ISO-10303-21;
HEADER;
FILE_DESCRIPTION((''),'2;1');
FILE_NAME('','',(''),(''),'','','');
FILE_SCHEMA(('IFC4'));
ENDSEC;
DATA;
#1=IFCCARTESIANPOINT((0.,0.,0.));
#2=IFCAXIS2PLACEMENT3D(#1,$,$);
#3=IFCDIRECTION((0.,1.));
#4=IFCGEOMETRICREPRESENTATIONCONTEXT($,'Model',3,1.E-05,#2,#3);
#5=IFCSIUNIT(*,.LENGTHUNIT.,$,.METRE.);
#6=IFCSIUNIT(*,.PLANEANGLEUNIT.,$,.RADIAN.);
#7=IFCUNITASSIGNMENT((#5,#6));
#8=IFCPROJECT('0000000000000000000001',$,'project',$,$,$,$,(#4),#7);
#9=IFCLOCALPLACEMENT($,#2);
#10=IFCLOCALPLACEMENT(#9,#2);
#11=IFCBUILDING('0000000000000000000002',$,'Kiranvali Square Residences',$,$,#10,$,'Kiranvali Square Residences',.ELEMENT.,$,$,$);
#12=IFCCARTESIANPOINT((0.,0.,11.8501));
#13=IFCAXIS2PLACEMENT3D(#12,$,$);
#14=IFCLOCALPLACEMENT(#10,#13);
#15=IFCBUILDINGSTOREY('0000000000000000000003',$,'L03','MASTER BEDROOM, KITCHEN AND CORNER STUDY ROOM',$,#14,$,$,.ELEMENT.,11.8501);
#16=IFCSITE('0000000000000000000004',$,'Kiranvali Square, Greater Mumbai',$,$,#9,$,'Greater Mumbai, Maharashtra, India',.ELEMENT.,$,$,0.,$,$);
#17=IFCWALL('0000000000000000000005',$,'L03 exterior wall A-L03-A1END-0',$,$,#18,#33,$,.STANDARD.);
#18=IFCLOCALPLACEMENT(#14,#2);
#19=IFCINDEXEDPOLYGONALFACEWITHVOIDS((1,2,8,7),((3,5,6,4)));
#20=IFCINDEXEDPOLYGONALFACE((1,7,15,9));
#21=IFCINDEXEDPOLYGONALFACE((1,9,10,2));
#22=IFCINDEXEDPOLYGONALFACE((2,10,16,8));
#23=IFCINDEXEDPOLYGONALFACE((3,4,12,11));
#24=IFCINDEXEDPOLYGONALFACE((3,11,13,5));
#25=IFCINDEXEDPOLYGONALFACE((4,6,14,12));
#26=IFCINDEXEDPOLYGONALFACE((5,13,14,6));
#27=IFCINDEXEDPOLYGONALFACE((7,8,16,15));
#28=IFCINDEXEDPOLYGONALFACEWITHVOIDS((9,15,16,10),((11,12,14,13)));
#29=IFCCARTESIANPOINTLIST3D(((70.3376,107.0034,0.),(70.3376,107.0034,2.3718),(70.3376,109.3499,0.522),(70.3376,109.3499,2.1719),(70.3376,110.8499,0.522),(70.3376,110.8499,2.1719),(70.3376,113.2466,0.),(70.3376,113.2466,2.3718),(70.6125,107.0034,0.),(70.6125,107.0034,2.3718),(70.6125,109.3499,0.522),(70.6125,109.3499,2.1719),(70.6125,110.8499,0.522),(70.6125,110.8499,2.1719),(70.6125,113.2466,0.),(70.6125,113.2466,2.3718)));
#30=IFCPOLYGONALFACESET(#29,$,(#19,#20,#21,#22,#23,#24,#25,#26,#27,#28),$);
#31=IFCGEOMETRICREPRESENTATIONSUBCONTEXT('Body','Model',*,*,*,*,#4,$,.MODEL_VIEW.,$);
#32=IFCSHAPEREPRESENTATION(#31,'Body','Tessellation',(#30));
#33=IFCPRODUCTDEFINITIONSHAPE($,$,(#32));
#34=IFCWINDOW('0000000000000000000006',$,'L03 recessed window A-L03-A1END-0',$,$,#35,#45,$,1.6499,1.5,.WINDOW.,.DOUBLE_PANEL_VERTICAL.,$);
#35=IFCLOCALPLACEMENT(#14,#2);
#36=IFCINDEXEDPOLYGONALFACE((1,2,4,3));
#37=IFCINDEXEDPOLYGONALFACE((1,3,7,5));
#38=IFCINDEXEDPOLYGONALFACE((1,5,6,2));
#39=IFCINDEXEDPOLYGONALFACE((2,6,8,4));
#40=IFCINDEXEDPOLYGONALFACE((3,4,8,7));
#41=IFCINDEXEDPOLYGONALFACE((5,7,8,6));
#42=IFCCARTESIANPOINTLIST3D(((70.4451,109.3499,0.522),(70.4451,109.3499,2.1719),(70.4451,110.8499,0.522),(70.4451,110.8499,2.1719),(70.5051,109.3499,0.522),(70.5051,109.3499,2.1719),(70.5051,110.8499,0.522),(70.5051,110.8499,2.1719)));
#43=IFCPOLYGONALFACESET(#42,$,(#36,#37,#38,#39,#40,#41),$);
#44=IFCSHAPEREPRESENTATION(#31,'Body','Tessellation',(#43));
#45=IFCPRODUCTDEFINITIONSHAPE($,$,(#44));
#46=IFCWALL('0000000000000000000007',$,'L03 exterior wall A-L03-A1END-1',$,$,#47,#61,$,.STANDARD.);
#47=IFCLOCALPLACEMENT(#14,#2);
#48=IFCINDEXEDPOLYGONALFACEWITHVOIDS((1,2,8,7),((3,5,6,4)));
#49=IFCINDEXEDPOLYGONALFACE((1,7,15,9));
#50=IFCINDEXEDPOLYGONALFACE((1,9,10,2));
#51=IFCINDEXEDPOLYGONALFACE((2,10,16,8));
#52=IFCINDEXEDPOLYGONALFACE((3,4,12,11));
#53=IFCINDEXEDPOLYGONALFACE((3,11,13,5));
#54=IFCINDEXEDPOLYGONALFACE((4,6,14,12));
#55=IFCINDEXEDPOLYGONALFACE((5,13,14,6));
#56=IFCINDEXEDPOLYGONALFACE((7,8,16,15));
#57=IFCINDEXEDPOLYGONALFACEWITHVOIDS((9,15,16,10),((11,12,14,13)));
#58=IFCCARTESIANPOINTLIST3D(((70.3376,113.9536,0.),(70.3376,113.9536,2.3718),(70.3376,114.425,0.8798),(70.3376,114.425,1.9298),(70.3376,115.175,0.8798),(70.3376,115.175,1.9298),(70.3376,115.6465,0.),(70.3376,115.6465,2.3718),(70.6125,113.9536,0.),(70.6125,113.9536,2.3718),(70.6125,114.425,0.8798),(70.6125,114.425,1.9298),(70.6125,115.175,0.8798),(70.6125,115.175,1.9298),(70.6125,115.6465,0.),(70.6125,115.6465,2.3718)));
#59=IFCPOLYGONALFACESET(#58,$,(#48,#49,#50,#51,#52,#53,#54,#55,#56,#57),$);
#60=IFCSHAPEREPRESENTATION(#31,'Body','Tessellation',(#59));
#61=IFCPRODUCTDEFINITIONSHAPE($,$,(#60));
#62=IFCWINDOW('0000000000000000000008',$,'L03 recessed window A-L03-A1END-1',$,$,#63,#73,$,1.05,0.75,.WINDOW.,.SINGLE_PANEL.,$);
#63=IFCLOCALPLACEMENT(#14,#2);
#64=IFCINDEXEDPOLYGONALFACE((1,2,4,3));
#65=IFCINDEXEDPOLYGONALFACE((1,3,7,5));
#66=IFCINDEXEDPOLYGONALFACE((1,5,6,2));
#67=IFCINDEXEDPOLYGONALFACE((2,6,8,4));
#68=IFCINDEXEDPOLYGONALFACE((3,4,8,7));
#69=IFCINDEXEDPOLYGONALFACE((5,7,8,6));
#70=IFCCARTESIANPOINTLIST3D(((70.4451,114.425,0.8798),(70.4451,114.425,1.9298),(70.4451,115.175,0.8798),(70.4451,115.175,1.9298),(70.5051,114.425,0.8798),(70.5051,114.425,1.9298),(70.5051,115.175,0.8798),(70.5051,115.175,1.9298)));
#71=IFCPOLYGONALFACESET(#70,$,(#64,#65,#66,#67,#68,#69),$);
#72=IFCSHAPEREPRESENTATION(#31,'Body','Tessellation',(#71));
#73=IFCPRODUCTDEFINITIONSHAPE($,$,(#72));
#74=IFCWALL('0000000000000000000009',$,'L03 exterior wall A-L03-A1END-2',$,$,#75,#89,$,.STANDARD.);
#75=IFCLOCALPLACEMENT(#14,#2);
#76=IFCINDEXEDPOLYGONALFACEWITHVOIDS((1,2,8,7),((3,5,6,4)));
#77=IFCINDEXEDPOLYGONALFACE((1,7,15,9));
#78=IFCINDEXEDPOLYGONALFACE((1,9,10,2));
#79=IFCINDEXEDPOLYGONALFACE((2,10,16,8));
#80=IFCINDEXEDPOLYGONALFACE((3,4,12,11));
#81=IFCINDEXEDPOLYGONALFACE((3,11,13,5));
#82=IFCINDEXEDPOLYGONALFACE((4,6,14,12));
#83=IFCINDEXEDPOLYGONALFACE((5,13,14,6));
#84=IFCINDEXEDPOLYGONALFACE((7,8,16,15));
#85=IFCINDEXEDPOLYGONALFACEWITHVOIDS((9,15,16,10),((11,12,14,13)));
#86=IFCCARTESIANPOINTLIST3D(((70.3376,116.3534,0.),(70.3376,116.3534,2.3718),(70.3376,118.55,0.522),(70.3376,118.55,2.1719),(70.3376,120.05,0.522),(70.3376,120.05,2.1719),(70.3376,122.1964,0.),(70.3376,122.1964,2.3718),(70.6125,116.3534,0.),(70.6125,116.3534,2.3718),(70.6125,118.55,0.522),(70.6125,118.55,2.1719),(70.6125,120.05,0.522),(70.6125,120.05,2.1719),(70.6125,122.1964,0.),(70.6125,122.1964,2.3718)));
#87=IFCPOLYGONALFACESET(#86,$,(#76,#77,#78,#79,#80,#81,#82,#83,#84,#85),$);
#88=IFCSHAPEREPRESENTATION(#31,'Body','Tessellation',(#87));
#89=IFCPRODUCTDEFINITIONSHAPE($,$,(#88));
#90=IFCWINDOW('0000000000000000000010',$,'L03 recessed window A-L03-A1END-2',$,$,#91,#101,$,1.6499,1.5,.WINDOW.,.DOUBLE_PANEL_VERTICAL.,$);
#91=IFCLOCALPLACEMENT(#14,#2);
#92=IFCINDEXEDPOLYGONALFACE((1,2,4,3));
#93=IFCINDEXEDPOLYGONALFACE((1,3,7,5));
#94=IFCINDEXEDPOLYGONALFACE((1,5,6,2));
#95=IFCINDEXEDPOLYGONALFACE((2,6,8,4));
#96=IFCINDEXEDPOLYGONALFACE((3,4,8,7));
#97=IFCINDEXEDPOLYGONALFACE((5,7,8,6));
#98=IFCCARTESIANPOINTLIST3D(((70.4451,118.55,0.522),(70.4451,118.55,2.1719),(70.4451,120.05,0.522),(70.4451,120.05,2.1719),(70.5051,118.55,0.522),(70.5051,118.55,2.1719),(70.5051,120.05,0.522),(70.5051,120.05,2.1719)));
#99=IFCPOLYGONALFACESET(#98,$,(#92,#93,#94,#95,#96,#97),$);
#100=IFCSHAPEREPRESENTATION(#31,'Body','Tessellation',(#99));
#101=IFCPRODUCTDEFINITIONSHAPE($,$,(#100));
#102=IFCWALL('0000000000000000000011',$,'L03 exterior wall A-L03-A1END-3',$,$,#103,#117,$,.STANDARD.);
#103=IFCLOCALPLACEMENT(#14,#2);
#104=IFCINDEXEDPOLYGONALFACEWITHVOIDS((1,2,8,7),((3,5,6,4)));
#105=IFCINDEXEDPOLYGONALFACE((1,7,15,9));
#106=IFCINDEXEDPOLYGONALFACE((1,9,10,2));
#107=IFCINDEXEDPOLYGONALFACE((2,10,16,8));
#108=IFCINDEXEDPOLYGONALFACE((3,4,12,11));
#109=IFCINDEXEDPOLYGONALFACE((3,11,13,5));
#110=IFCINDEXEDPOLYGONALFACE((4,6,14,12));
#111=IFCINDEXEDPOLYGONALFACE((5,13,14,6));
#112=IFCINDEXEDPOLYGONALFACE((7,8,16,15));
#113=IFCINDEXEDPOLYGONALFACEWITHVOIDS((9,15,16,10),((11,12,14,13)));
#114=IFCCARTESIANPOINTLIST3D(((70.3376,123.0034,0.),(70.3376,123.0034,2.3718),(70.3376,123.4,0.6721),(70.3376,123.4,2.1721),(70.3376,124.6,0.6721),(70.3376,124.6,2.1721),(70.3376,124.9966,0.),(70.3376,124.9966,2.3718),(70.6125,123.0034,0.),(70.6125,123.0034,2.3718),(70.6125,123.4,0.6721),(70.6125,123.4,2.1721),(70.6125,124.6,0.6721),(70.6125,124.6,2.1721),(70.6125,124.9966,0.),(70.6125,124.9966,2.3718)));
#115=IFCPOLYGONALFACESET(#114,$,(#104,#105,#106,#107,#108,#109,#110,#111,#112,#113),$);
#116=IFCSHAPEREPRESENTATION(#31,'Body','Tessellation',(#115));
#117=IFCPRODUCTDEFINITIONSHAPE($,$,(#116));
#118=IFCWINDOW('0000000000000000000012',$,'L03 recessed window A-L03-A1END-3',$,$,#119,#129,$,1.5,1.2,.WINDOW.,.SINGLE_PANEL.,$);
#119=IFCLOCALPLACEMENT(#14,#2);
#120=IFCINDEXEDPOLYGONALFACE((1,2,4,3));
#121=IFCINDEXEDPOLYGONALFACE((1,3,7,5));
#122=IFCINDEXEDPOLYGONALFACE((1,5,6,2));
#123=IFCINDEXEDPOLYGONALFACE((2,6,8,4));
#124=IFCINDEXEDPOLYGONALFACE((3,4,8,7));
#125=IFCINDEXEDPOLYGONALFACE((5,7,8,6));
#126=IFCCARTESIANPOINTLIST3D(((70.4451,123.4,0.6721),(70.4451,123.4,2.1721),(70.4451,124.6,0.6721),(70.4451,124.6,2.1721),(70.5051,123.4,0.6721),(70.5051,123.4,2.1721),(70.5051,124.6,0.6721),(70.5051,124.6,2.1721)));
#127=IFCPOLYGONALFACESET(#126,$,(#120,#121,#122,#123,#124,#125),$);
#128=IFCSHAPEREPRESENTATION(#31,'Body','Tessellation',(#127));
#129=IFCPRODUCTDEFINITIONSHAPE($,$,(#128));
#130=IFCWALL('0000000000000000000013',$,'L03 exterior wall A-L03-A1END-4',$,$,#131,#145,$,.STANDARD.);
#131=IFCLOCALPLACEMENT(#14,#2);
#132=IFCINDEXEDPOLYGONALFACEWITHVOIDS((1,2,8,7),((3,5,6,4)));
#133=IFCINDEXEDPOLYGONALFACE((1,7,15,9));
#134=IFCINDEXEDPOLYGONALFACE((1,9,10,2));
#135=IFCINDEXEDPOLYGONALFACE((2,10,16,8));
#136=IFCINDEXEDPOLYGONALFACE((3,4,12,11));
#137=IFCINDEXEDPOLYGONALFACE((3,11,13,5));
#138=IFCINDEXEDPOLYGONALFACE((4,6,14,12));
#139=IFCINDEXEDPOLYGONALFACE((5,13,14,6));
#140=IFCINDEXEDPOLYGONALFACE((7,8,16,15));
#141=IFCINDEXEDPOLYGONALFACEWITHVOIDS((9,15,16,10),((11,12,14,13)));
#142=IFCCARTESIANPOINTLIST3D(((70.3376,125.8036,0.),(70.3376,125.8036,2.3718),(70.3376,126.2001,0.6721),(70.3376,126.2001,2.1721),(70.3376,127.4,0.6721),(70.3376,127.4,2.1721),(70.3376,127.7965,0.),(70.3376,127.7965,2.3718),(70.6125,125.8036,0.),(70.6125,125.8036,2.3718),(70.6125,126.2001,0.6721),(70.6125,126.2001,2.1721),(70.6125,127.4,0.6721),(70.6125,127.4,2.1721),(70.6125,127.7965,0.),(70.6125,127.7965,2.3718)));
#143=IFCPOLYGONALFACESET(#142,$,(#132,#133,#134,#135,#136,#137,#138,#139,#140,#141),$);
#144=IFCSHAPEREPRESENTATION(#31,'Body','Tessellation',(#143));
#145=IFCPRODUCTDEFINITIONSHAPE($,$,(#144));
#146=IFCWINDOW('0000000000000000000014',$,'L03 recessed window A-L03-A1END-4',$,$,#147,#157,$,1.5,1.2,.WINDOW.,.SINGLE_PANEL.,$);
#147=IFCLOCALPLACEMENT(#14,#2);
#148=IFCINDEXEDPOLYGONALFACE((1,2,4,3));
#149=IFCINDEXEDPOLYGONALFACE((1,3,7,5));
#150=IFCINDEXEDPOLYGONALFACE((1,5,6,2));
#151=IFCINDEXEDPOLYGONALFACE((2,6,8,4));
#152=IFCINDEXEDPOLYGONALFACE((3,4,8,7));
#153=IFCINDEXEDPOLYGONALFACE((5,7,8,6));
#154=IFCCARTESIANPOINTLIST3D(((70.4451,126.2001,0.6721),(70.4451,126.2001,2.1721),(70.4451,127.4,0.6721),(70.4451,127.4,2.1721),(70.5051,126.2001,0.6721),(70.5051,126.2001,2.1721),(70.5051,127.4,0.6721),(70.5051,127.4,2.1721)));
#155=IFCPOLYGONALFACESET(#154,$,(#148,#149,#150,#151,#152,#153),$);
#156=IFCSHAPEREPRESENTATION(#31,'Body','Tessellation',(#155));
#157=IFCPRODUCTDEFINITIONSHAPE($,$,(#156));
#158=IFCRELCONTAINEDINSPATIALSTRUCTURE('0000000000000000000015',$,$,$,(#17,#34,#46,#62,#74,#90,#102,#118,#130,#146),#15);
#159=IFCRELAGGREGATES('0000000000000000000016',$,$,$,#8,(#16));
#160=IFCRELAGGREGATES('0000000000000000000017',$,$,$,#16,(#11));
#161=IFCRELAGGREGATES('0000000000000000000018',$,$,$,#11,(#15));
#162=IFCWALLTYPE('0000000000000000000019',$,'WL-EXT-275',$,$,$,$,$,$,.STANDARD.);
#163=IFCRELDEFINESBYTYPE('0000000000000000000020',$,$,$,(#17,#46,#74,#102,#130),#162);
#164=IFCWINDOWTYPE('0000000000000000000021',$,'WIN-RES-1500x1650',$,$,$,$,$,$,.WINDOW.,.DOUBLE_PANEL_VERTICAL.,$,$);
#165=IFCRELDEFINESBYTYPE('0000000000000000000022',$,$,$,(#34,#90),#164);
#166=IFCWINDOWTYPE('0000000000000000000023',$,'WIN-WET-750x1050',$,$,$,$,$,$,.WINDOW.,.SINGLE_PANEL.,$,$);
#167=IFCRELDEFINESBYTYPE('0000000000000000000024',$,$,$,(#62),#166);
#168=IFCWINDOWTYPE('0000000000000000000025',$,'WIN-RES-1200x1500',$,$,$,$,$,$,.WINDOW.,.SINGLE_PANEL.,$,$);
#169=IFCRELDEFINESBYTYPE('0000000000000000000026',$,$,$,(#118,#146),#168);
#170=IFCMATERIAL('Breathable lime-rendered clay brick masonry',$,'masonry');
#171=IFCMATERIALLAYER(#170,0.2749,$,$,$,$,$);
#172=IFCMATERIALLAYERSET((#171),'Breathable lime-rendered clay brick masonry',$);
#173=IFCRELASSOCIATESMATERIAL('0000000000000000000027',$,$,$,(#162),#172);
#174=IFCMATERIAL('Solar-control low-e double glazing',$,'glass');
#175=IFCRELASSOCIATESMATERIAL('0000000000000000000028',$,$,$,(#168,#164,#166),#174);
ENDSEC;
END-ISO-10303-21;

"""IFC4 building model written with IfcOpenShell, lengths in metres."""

from ifc_helpers import new_model, si_unit, direction, frame, frame_2d, origin, place, context, subcontext, project, spatial, rectangle, extrude, material, layer, layer_set, type_object, element, fill, save


model = new_model("IFC4")

# Units and contexts
model_context = context("Model", 3, precision=1e-05, world=origin(), true_north=direction((0.0, 1.0)))
body_context = subcontext(model_context, "Body", "Model", "MODEL_VIEW")
ifc_project = project(units=[si_unit("LENGTHUNIT", "METRE"), si_unit("PLANEANGLEUNIT", "RADIAN")], contexts=[model_context])

# Site, building, storey
site_placement = place(None, origin())
site = spatial("IfcSite", under=ifc_project, at=site_placement, Name="Kiranvali Square, Greater Mumbai", LongName="Greater Mumbai, Maharashtra, India", CompositionType="ELEMENT", RefElevation=0.0)
building_placement = place(site_placement, origin())
building = spatial("IfcBuilding", under=site, at=building_placement, Name="Kiranvali Square Residences", LongName="Kiranvali Square Residences", CompositionType="ELEMENT")
storey_placement = place(building_placement, frame((0.0, 0.0, 11.8501)))
storey = spatial("IfcBuildingStorey", under=building, at=storey_placement, Name="L03", Description="MASTER BEDROOM, KITCHEN AND CORNER STUDY ROOM", CompositionType="ELEMENT", Elevation=11.8501)

# Walls, openings, windows
ifc_material_1 = material(Name="Breathable lime-rendered clay brick masonry", Category="masonry")
ifc_layer_1 = layer(ifc_material_1, 0.2749)
ifc_layer_set_1 = layer_set([ifc_layer_1], Name="Breathable lime-rendered clay brick masonry")
wall_type_1 = type_object("IfcWallType", Name="WL-EXT-275", PredefinedType="STANDARD", material=ifc_layer_set_1)
ifc_material_2 = material(Name="Solar-control low-e double glazing", Category="glass")
window_type_1 = type_object("IfcWindowType", Name="WIN-RES-1200x1500", PartitioningType="SINGLE_PANEL", PredefinedType="WINDOW", material=ifc_material_2)
wall_1_placement = place(storey_placement, frame((70.4751, 107.0034, 0.0), z_axis=(0.0, 0.0, 1.0), x_axis=(0.0, 1.0, 0.0)))
wall_1 = element("IfcWall", 1, at=wall_1_placement, inside=storey, type_object=wall_type_1, Name="L03 exterior wall A-L03-A1END-0", PredefinedType="STANDARD", context=body_context, shape_type="SweptSolid", body=[
    extrude(rectangle(XDim=6.2432, YDim=0.2749, at=frame_2d((3.1216, 0.0))), origin(), (0.0, 0.0, 1.0), 2.3718),
])
opening_1_placement = place(wall_1_placement, frame((2.3464, 0.0, 0.522)))
opening_1 = element("IfcOpeningElement", 2, at=opening_1_placement, cuts=wall_1, PredefinedType="OPENING", context=body_context, shape_type="SweptSolid", body=[
    extrude(rectangle(XDim=1.5, YDim=1.6499, at=frame_2d((0.75, 0.825))), frame((0.0, 0.1475, 0.0), z_axis=(0.0, -1.0, 0.0), x_axis=(1.0, 0.0, 0.0)), (0.0, 0.0, 1.0), 0.2949),
])
window_type_2 = type_object("IfcWindowType", Name="WIN-RES-1500x1650", PartitioningType="DOUBLE_PANEL_VERTICAL", PredefinedType="WINDOW", material=ifc_material_2)
window_1_placement = place(opening_1_placement, origin())
window_1 = element("IfcWindow", 3, at=window_1_placement, inside=storey, type_object=window_type_2, Name="L03 recessed window A-L03-A1END-0", OverallHeight=1.6499, OverallWidth=1.5, PartitioningType="DOUBLE_PANEL_VERTICAL", PredefinedType="WINDOW", context=body_context, shape_type="SweptSolid", body=[
    extrude(rectangle(XDim=1.5, YDim=1.6499, at=frame_2d((0.75, 0.825))), frame((0.0, 0.03, 0.0), z_axis=(0.0, -1.0, 0.0), x_axis=(1.0, 0.0, 0.0)), (0.0, 0.0, 1.0), 0.0601),
])
fill(opening_1, window_1)
wall_2_placement = place(storey_placement, frame((70.4751, 113.9536, 0.0), z_axis=(0.0, 0.0, 1.0), x_axis=(0.0, 1.0, 0.0)))
wall_2 = element("IfcWall", 4, at=wall_2_placement, inside=storey, type_object=wall_type_1, Name="L03 exterior wall A-L03-A1END-1", PredefinedType="STANDARD", context=body_context, shape_type="SweptSolid", body=[
    extrude(rectangle(XDim=1.6929, YDim=0.2749, at=frame_2d((0.8464, 0.0))), origin(), (0.0, 0.0, 1.0), 2.3718),
])
opening_2_placement = place(wall_2_placement, frame((0.4714, 0.0, 0.8799)))
opening_2 = element("IfcOpeningElement", 5, at=opening_2_placement, cuts=wall_2, PredefinedType="OPENING", context=body_context, shape_type="SweptSolid", body=[
    extrude(rectangle(XDim=0.75, YDim=1.05, at=frame_2d((0.375, 0.5249))), frame((0.0, 0.1475, 0.0), z_axis=(0.0, -1.0, 0.0), x_axis=(1.0, 0.0, 0.0)), (0.0, 0.0, 1.0), 0.2949),
])
window_type_3 = type_object("IfcWindowType", Name="WIN-WET-750x1050", PartitioningType="SINGLE_PANEL", PredefinedType="WINDOW", material=ifc_material_2)
window_2_placement = place(opening_2_placement, origin())
window_2 = element("IfcWindow", 6, at=window_2_placement, inside=storey, type_object=window_type_3, Name="L03 recessed window A-L03-A1END-1", OverallHeight=1.05, OverallWidth=0.75, PartitioningType="SINGLE_PANEL", PredefinedType="WINDOW", context=body_context, shape_type="SweptSolid", body=[
    extrude(rectangle(XDim=0.75, YDim=1.05, at=frame_2d((0.375, 0.5249))), frame((0.0, 0.03, 0.0), z_axis=(0.0, -1.0, 0.0), x_axis=(1.0, 0.0, 0.0)), (0.0, 0.0, 1.0), 0.0601),
])
fill(opening_2, window_2)
wall_3_placement = place(storey_placement, frame((70.4751, 116.3535, 0.0), z_axis=(0.0, 0.0, 1.0), x_axis=(0.0, 1.0, 0.0)))
wall_3 = element("IfcWall", 7, at=wall_3_placement, inside=storey, type_object=wall_type_1, Name="L03 exterior wall A-L03-A1END-2", PredefinedType="STANDARD", context=body_context, shape_type="SweptSolid", body=[
    extrude(rectangle(XDim=5.843, YDim=0.2749, at=frame_2d((2.9214, 0.0))), origin(), (0.0, 0.0, 1.0), 2.3718),
])
opening_3_placement = place(wall_3_placement, frame((2.1965, 0.0, 0.522)))
opening_3 = element("IfcOpeningElement", 8, at=opening_3_placement, cuts=wall_3, PredefinedType="OPENING", context=body_context, shape_type="SweptSolid", body=[
    extrude(rectangle(XDim=1.5, YDim=1.6499, at=frame_2d((0.75, 0.825))), frame((0.0, 0.1475, 0.0), z_axis=(0.0, -1.0, 0.0), x_axis=(1.0, 0.0, 0.0)), (0.0, 0.0, 1.0), 0.2949),
])
window_3_placement = place(opening_3_placement, origin())
window_3 = element("IfcWindow", 9, at=window_3_placement, inside=storey, type_object=window_type_2, Name="L03 recessed window A-L03-A1END-2", OverallHeight=1.6499, OverallWidth=1.5, PartitioningType="DOUBLE_PANEL_VERTICAL", PredefinedType="WINDOW", context=body_context, shape_type="SweptSolid", body=[
    extrude(rectangle(XDim=1.5, YDim=1.6499, at=frame_2d((0.75, 0.825))), frame((0.0, 0.03, 0.0), z_axis=(0.0, -1.0, 0.0), x_axis=(1.0, 0.0, 0.0)), (0.0, 0.0, 1.0), 0.0601),
])
fill(opening_3, window_3)
wall_4_placement = place(storey_placement, frame((70.4751, 123.0034, 0.0), z_axis=(0.0, 0.0, 1.0), x_axis=(0.0, 1.0, 0.0)))
wall_4 = element("IfcWall", 10, at=wall_4_placement, inside=storey, type_object=wall_type_1, Name="L03 exterior wall A-L03-A1END-3", PredefinedType="STANDARD", context=body_context, shape_type="SweptSolid", body=[
    extrude(rectangle(XDim=1.9932, YDim=0.2749, at=frame_2d((0.9966, 0.0))), origin(), (0.0, 0.0, 1.0), 2.3718),
])
opening_4_placement = place(wall_4_placement, frame((0.3965, 0.0, 0.6721)))
opening_4 = element("IfcOpeningElement", 11, at=opening_4_placement, cuts=wall_4, PredefinedType="OPENING", context=body_context, shape_type="SweptSolid", body=[
    extrude(rectangle(XDim=1.2, YDim=1.5, at=frame_2d((0.6001, 0.75))), frame((0.0, 0.1475, 0.0), z_axis=(0.0, -1.0, 0.0), x_axis=(1.0, 0.0, 0.0)), (0.0, 0.0, 1.0), 0.2949),
])
window_4_placement = place(opening_4_placement, origin())
window_4 = element("IfcWindow", 12, at=window_4_placement, inside=storey, type_object=window_type_1, Name="L03 recessed window A-L03-A1END-3", OverallHeight=1.5, OverallWidth=1.2, PartitioningType="SINGLE_PANEL", PredefinedType="WINDOW", context=body_context, shape_type="SweptSolid", body=[
    extrude(rectangle(XDim=1.2, YDim=1.5, at=frame_2d((0.6001, 0.75))), frame((0.0, 0.03, 0.0), z_axis=(0.0, -1.0, 0.0), x_axis=(1.0, 0.0, 0.0)), (0.0, 0.0, 1.0), 0.0601),
])
fill(opening_4, window_4)
wall_5_placement = place(storey_placement, frame((70.4751, 125.8035, 0.0), z_axis=(0.0, 0.0, 1.0), x_axis=(0.0, 1.0, 0.0)))
wall_5 = element("IfcWall", 13, at=wall_5_placement, inside=storey, type_object=wall_type_1, Name="L03 exterior wall A-L03-A1END-4", PredefinedType="STANDARD", context=body_context, shape_type="SweptSolid", body=[
    extrude(rectangle(XDim=1.9929, YDim=0.2749, at=frame_2d((0.9966, 0.0))), origin(), (0.0, 0.0, 1.0), 2.3718),
])
opening_5_placement = place(wall_5_placement, frame((0.3965, 0.0, 0.6721)))
opening_5 = element("IfcOpeningElement", 14, at=opening_5_placement, cuts=wall_5, PredefinedType="OPENING", context=body_context, shape_type="SweptSolid", body=[
    extrude(rectangle(XDim=1.2, YDim=1.5, at=frame_2d((0.6001, 0.75))), frame((0.0, 0.1475, 0.0), z_axis=(0.0, -1.0, 0.0), x_axis=(1.0, 0.0, 0.0)), (0.0, 0.0, 1.0), 0.2949),
])
window_5_placement = place(opening_5_placement, origin())
window_5 = element("IfcWindow", 15, at=window_5_placement, inside=storey, type_object=window_type_1, Name="L03 recessed window A-L03-A1END-4", OverallHeight=1.5, OverallWidth=1.2, PartitioningType="SINGLE_PANEL", PredefinedType="WINDOW", context=body_context, shape_type="SweptSolid", body=[
    extrude(rectangle(XDim=1.2, YDim=1.5, at=frame_2d((0.6001, 0.75))), frame((0.0, 0.03, 0.0), z_axis=(0.0, -1.0, 0.0), x_axis=(1.0, 0.0, 0.0)), (0.0, 0.0, 1.0), 0.0601),
])
fill(opening_5, window_5)

save(model, "model.ifc")
